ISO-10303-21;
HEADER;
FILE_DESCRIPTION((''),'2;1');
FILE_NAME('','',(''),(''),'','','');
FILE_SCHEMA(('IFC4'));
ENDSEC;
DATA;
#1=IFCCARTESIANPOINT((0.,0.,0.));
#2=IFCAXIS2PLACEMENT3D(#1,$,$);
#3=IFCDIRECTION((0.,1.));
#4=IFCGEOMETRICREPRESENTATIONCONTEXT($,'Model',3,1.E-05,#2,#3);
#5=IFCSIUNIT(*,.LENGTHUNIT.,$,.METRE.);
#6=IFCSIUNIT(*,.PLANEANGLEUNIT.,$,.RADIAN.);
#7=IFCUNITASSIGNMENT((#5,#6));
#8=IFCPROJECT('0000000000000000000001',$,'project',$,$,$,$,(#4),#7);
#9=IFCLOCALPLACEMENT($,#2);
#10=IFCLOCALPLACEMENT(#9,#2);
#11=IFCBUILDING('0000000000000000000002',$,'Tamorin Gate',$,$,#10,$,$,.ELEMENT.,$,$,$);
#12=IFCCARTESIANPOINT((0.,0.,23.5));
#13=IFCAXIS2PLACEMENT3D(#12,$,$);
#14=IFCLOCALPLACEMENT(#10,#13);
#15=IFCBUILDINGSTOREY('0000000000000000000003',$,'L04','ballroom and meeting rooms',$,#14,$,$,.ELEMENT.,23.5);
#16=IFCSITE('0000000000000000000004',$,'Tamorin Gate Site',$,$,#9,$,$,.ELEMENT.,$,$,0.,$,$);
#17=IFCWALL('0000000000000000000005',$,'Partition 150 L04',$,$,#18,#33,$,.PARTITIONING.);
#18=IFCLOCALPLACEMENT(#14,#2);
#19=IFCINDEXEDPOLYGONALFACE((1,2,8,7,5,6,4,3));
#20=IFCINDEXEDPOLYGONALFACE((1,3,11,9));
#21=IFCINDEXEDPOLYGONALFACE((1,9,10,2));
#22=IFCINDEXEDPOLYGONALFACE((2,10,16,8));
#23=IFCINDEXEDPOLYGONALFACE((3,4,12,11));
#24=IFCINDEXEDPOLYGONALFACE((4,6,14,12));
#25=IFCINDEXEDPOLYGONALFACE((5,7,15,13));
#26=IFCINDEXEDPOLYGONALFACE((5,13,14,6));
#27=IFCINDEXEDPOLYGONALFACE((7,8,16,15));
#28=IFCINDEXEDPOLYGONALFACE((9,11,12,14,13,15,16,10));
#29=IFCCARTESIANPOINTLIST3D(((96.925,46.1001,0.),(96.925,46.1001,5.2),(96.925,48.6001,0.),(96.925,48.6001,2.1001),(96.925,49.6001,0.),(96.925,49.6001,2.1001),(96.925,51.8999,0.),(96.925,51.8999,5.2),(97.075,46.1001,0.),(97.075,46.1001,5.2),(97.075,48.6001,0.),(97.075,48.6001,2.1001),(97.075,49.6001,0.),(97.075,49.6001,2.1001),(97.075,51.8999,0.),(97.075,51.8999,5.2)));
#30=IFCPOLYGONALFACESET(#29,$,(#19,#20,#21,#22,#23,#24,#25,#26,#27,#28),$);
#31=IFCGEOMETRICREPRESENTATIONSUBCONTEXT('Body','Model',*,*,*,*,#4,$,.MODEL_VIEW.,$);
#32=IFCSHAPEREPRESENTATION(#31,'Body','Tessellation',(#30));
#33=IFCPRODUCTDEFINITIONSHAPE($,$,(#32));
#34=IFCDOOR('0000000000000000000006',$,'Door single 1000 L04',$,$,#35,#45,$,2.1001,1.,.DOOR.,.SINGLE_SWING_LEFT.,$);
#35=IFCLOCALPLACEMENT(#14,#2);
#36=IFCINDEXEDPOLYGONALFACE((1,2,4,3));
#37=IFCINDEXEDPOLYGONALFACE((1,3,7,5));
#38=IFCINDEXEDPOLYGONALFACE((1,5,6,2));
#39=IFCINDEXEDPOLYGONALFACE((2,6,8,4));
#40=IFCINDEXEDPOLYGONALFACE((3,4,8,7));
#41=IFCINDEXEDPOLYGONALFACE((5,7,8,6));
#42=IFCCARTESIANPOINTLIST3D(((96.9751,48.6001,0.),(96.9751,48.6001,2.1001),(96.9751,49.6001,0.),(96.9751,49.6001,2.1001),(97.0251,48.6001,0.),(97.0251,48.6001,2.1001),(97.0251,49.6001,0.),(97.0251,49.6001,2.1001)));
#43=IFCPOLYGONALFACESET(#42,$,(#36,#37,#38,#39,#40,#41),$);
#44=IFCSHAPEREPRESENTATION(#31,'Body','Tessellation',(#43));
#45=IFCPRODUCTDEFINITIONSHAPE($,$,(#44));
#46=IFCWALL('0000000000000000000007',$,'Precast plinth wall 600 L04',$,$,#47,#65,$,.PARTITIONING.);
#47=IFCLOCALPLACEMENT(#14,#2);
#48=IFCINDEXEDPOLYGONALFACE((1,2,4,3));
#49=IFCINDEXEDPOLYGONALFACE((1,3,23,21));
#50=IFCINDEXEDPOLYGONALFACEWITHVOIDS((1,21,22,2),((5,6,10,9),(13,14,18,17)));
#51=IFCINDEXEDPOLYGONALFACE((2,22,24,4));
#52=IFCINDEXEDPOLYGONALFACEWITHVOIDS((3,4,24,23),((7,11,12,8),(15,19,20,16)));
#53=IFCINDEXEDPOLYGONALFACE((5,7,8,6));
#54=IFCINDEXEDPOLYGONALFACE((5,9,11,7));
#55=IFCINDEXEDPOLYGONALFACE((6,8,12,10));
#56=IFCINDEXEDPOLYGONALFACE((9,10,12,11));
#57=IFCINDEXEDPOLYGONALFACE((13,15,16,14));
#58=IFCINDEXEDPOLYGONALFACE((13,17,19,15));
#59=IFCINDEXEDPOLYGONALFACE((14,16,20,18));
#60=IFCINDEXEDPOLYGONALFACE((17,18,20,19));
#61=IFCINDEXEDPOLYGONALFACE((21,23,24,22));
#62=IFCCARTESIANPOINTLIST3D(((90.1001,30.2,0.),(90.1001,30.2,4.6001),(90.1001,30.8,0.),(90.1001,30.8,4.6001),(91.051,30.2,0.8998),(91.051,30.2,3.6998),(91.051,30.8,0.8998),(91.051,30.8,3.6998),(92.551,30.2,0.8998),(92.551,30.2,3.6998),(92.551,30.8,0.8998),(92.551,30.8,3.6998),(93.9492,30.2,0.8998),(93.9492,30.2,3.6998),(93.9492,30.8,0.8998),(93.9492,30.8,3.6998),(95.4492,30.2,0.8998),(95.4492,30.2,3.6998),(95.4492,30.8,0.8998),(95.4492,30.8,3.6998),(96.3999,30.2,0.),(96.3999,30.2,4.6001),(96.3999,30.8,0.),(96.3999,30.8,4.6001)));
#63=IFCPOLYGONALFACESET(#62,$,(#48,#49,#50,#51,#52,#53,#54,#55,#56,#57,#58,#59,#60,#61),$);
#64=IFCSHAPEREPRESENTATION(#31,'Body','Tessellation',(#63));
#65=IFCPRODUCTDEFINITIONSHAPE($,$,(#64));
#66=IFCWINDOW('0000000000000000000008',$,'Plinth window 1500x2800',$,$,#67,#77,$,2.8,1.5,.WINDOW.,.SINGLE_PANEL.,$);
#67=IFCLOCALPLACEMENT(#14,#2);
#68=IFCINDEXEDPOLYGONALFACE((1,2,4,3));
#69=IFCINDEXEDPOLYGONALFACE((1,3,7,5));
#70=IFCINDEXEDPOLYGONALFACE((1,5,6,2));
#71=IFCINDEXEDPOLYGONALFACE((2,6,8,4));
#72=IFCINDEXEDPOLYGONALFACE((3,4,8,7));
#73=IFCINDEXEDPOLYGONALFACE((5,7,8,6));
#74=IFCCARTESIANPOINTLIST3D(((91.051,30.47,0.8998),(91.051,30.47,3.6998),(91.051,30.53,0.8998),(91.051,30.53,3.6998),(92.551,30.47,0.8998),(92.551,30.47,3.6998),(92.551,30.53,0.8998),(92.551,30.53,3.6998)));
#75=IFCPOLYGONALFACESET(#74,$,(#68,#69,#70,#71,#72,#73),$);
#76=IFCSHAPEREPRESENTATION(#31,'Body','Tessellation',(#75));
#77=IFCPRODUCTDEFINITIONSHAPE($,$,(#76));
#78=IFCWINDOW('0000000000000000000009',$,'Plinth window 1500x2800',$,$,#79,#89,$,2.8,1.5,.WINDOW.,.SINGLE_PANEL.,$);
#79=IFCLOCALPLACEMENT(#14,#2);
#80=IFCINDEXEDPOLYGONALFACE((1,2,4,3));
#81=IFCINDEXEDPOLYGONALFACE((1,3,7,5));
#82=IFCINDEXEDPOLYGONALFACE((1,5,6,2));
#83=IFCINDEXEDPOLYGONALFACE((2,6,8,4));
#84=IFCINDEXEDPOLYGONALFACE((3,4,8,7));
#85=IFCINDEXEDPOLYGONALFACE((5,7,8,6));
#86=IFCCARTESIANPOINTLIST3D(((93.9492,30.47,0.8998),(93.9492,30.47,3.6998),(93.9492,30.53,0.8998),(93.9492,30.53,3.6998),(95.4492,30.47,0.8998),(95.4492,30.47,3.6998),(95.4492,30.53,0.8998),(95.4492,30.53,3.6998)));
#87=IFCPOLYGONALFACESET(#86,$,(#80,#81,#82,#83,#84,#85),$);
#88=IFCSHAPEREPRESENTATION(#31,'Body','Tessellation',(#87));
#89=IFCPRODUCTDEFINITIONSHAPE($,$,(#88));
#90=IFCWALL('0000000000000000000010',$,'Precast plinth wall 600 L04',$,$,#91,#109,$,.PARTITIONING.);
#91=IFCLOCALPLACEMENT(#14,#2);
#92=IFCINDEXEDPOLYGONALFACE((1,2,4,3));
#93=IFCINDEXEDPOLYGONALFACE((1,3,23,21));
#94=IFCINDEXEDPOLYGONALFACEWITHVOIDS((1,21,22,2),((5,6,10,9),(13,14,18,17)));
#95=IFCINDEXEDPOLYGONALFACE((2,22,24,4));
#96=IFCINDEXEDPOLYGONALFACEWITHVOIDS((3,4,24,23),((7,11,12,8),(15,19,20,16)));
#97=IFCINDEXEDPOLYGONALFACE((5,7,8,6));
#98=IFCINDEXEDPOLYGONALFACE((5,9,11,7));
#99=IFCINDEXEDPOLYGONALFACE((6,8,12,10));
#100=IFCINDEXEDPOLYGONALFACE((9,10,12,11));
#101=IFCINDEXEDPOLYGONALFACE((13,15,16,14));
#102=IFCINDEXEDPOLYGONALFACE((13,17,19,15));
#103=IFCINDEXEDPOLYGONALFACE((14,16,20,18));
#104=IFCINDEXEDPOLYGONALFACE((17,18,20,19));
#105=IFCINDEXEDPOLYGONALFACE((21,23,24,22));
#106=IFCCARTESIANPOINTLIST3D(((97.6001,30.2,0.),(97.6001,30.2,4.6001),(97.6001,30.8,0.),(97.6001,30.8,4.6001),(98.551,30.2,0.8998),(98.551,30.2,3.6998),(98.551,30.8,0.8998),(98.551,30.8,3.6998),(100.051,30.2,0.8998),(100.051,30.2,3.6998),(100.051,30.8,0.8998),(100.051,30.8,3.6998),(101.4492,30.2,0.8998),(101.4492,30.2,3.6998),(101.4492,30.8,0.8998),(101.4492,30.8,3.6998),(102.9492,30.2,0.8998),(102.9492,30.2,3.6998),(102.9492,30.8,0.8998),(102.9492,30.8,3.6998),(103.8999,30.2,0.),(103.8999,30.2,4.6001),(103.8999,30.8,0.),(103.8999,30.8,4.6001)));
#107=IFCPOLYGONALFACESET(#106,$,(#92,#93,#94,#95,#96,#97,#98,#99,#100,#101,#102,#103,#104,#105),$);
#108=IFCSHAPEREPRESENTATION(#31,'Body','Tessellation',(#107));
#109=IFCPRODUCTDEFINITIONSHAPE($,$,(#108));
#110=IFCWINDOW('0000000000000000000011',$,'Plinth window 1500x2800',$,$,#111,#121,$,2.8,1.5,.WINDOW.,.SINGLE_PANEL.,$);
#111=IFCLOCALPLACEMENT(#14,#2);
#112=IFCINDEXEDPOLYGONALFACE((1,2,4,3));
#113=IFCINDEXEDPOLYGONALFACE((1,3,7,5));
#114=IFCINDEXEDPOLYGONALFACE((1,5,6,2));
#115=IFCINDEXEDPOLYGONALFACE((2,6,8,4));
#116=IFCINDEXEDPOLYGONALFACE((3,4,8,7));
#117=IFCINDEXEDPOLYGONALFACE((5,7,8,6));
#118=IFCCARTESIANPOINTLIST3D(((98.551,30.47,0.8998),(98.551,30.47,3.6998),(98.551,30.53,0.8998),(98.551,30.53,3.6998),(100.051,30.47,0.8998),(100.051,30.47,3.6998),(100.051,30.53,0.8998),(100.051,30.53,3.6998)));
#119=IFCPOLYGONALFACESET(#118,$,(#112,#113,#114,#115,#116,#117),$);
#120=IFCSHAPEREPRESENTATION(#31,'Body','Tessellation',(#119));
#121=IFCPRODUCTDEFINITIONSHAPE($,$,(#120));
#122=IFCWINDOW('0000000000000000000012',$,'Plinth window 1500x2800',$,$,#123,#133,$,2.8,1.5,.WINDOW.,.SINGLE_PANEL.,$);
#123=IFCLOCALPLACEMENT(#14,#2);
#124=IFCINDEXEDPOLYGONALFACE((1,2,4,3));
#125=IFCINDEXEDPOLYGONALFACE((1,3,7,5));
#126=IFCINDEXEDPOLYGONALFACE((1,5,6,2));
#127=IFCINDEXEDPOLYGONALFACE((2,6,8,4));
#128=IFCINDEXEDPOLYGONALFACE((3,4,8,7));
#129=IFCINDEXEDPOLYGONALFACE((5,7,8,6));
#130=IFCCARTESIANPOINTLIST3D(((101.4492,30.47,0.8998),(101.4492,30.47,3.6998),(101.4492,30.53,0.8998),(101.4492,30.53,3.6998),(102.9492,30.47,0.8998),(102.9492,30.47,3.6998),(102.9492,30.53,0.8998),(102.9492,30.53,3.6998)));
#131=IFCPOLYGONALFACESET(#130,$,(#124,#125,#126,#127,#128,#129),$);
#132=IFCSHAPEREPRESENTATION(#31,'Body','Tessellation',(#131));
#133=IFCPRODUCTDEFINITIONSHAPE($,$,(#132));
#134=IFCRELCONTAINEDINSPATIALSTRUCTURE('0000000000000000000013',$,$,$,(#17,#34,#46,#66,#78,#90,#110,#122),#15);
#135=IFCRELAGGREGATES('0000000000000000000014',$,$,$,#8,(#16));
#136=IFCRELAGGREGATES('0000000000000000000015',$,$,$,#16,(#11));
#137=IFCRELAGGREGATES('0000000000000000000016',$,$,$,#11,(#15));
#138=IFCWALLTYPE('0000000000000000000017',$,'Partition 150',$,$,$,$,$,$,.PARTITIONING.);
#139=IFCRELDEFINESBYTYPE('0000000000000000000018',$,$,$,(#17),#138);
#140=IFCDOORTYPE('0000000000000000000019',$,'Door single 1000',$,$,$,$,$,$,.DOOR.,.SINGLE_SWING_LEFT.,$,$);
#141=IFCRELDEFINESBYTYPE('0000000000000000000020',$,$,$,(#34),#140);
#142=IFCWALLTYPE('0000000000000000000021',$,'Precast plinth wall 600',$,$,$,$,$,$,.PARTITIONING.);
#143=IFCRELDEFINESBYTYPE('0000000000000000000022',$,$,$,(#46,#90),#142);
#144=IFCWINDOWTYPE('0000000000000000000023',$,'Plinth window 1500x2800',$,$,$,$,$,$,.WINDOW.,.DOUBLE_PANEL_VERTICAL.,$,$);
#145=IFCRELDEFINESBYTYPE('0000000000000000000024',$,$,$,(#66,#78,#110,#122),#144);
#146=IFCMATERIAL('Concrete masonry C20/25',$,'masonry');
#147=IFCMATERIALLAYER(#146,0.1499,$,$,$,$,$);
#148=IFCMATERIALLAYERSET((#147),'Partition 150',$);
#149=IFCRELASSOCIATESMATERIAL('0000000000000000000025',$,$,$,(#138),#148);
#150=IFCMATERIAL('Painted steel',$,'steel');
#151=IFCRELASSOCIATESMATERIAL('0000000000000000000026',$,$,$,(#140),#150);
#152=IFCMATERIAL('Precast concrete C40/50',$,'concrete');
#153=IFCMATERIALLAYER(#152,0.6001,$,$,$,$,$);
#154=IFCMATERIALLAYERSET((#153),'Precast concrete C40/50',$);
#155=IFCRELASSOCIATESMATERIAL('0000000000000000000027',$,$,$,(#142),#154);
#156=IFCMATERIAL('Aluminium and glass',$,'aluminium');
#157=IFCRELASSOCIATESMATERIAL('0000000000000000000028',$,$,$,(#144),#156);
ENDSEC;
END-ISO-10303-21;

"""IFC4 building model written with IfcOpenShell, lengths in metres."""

from ifc_helpers import new_model, si_unit, direction, frame, frame_2d, origin, place, context, subcontext, project, spatial, rectangle, extrude, material, layer, layer_set, type_object, element, fill, save


model = new_model("IFC4")

# Units and contexts
model_context = context("Model", 3, precision=1e-05, world=origin(), true_north=direction((0.0, 1.0)))
body_context = subcontext(model_context, "Body", "Model", "MODEL_VIEW")
ifc_project = project(units=[si_unit("LENGTHUNIT", "METRE"), si_unit("PLANEANGLEUNIT", "RADIAN")], contexts=[model_context])

# Site, building, storey
site_placement = place(None, origin())
site = spatial("IfcSite", under=ifc_project, at=site_placement, Name="Tamorin Gate Site", CompositionType="ELEMENT", RefElevation=0.0)
building_placement = place(site_placement, origin())
building = spatial("IfcBuilding", under=site, at=building_placement, Name="Tamorin Gate", CompositionType="ELEMENT")
storey_placement = place(building_placement, frame((0.0, 0.0, 23.5)))
storey = spatial("IfcBuildingStorey", under=building, at=storey_placement, Name="L04", Description="ballroom and meeting rooms", CompositionType="ELEMENT", Elevation=23.5)

# Shared definitions
ifc_material_1 = material(Name="Concrete masonry C20/25", Category="masonry")
ifc_layer_1 = layer(ifc_material_1, 0.1499)
ifc_layer_set_1 = layer_set([ifc_layer_1], Name="Partition 150")
wall_type_1 = type_object("IfcWallType", Name="Partition 150", PredefinedType="PARTITIONING", material=ifc_layer_set_1)

# Wall, opening, door
wall_1_placement = place(storey_placement, frame((97.0, 46.1001, 0.0), z_axis=(0.0, 0.0, 1.0), x_axis=(0.0, 1.0, 0.0)))
wall_1 = element("IfcWall", 1, at=wall_1_placement, inside=storey, type_object=wall_type_1, Name="Partition 150 L04", PredefinedType="PARTITIONING", context=body_context, shape_type="SweptSolid", body=[
    extrude(rectangle(XDim=5.7998, YDim=0.1499, at=frame_2d((2.8999, 0.0))), origin(), (0.0, 0.0, 1.0), 5.2),
])
opening_1_placement = place(wall_1_placement, frame((2.5, 0.0, 0.0)))
opening_1 = element("IfcOpeningElement", 2, at=opening_1_placement, cuts=wall_1, PredefinedType="OPENING", context=body_context, shape_type="SweptSolid", body=[
    extrude(rectangle(XDim=1.0, YDim=2.1001, at=frame_2d((0.5, 1.05))), frame((0.0, 0.085, 0.0), z_axis=(0.0, -1.0, 0.0), x_axis=(1.0, 0.0, 0.0)), (0.0, 0.0, 1.0), 0.1699),
])
ifc_material_2 = material(Name="Painted steel", Category="steel")
door_type_1 = type_object("IfcDoorType", Name="Door single 1000", OperationType="SINGLE_SWING_LEFT", PredefinedType="DOOR", material=ifc_material_2)
door_1_placement = place(opening_1_placement, origin())
door_1 = element("IfcDoor", 3, at=door_1_placement, inside=storey, type_object=door_type_1, Name="Door single 1000 L04", OperationType="SINGLE_SWING_LEFT", OverallHeight=2.1001, OverallWidth=1.0, PredefinedType="DOOR", context=body_context, shape_type="SweptSolid", body=[
    extrude(rectangle(XDim=1.0, YDim=2.1001, at=frame_2d((0.5, 1.05))), frame((0.0, 0.0249, 0.0), z_axis=(0.0, -1.0, 0.0), x_axis=(1.0, 0.0, 0.0)), (0.0, 0.0, 1.0), 0.05),
])
fill(opening_1, door_1)

# Walls, openings, windows
ifc_material_3 = material(Name="Precast concrete C40/50", Category="concrete")
ifc_layer_2 = layer(ifc_material_3, 0.6001)
ifc_layer_set_2 = layer_set([ifc_layer_2], Name="Precast concrete C40/50")
wall_type_2 = type_object("IfcWallType", Name="Precast plinth wall 600", PredefinedType="PARTITIONING", material=ifc_layer_set_2)
wall_2_placement = place(storey_placement, frame((90.1001, 30.5, 0.0), z_axis=(0.0, 0.0, 1.0), x_axis=(1.0, 0.0, 0.0)))
wall_2 = element("IfcWall", 4, at=wall_2_placement, inside=storey, type_object=wall_type_2, Name="Precast plinth wall 600 L04", PredefinedType="PARTITIONING", context=body_context, shape_type="SweptSolid", body=[
    extrude(rectangle(XDim=6.2998, YDim=0.6001, at=frame_2d((3.1499, 0.0))), origin(), (0.0, 0.0, 1.0), 4.6001),
])
opening_2_placement = place(wall_2_placement, frame((0.9509, 0.0, 0.8999)))
opening_2 = element("IfcOpeningElement", 5, at=opening_2_placement, cuts=wall_2, PredefinedType="OPENING", context=body_context, shape_type="SweptSolid", body=[
    extrude(rectangle(XDim=1.5, YDim=2.8, at=frame_2d((0.75, 1.3999))), frame((0.0, 0.3101, 0.0), z_axis=(0.0, -1.0, 0.0), x_axis=(1.0, 0.0, 0.0)), (0.0, 0.0, 1.0), 0.6201),
])
opening_3_placement = place(wall_2_placement, frame((3.8491, 0.0, 0.8999)))
opening_3 = element("IfcOpeningElement", 6, at=opening_3_placement, cuts=wall_2, PredefinedType="OPENING", context=body_context, shape_type="SweptSolid", body=[
    extrude(rectangle(XDim=1.5, YDim=2.8, at=frame_2d((0.75, 1.3999))), frame((0.0, 0.3101, 0.0), z_axis=(0.0, -1.0, 0.0), x_axis=(1.0, 0.0, 0.0)), (0.0, 0.0, 1.0), 0.6201),
])
ifc_material_4 = material(Name="Aluminium and glass", Category="aluminium")
window_type = type_object("IfcWindowType", Name="Plinth window 1500x2800", PartitioningType="DOUBLE_PANEL_VERTICAL", PredefinedType="WINDOW", material=ifc_material_4)
window_1_placement = place(opening_2_placement, origin())
window_1 = element("IfcWindow", 7, at=window_1_placement, inside=storey, type_object=window_type, Name="Plinth window 1500x2800", OverallHeight=2.8, OverallWidth=1.5, PartitioningType="SINGLE_PANEL", PredefinedType="WINDOW", context=body_context, shape_type="SweptSolid", body=[
    extrude(rectangle(XDim=1.5, YDim=2.8, at=frame_2d((0.75, 1.3999))), frame((0.0, 0.03, 0.0), z_axis=(0.0, -1.0, 0.0), x_axis=(1.0, 0.0, 0.0)), (0.0, 0.0, 1.0), 0.0601),
])
fill(opening_2, window_1)
window_2_placement = place(opening_3_placement, origin())
window_2 = element("IfcWindow", 8, at=window_2_placement, inside=storey, type_object=window_type, Name="Plinth window 1500x2800", OverallHeight=2.8, OverallWidth=1.5, PartitioningType="SINGLE_PANEL", PredefinedType="WINDOW", context=body_context, shape_type="SweptSolid", body=[
    extrude(rectangle(XDim=1.5, YDim=2.8, at=frame_2d((0.75, 1.3999))), frame((0.0, 0.03, 0.0), z_axis=(0.0, -1.0, 0.0), x_axis=(1.0, 0.0, 0.0)), (0.0, 0.0, 1.0), 0.0601),
])
fill(opening_3, window_2)
wall_3_placement = place(storey_placement, frame((97.6001, 30.5, 0.0), z_axis=(0.0, 0.0, 1.0), x_axis=(1.0, 0.0, 0.0)))
wall_3 = element("IfcWall", 9, at=wall_3_placement, inside=storey, type_object=wall_type_2, Name="Precast plinth wall 600 L04", PredefinedType="PARTITIONING", context=body_context, shape_type="SweptSolid", body=[
    extrude(rectangle(XDim=6.2998, YDim=0.6001, at=frame_2d((3.1499, 0.0))), origin(), (0.0, 0.0, 1.0), 4.6001),
])
opening_4_placement = place(wall_3_placement, frame((0.9509, 0.0, 0.8999)))
opening_4 = element("IfcOpeningElement", 10, at=opening_4_placement, cuts=wall_3, PredefinedType="OPENING", context=body_context, shape_type="SweptSolid", body=[
    extrude(rectangle(XDim=1.5, YDim=2.8, at=frame_2d((0.75, 1.3999))), frame((0.0, 0.3101, 0.0), z_axis=(0.0, -1.0, 0.0), x_axis=(1.0, 0.0, 0.0)), (0.0, 0.0, 1.0), 0.6201),
])
opening_5_placement = place(wall_3_placement, frame((3.8491, 0.0, 0.8999)))
opening_5 = element("IfcOpeningElement", 11, at=opening_5_placement, cuts=wall_3, PredefinedType="OPENING", context=body_context, shape_type="SweptSolid", body=[
    extrude(rectangle(XDim=1.5, YDim=2.8, at=frame_2d((0.75, 1.3999))), frame((0.0, 0.3101, 0.0), z_axis=(0.0, -1.0, 0.0), x_axis=(1.0, 0.0, 0.0)), (0.0, 0.0, 1.0), 0.6201),
])
window_3_placement = place(opening_4_placement, origin())
window_3 = element("IfcWindow", 12, at=window_3_placement, inside=storey, type_object=window_type, Name="Plinth window 1500x2800", OverallHeight=2.8, OverallWidth=1.5, PartitioningType="SINGLE_PANEL", PredefinedType="WINDOW", context=body_context, shape_type="SweptSolid", body=[
    extrude(rectangle(XDim=1.5, YDim=2.8, at=frame_2d((0.75, 1.3999))), frame((0.0, 0.03, 0.0), z_axis=(0.0, -1.0, 0.0), x_axis=(1.0, 0.0, 0.0)), (0.0, 0.0, 1.0), 0.0601),
])
fill(opening_4, window_3)
window_4_placement = place(opening_5_placement, origin())
window_4 = element("IfcWindow", 13, at=window_4_placement, inside=storey, type_object=window_type, Name="Plinth window 1500x2800", OverallHeight=2.8, OverallWidth=1.5, PartitioningType="SINGLE_PANEL", PredefinedType="WINDOW", context=body_context, shape_type="SweptSolid", body=[
    extrude(rectangle(XDim=1.5, YDim=2.8, at=frame_2d((0.75, 1.3999))), frame((0.0, 0.03, 0.0), z_axis=(0.0, -1.0, 0.0), x_axis=(1.0, 0.0, 0.0)), (0.0, 0.0, 1.0), 0.0601),
])
fill(opening_5, window_4)

save(model, "model.ifc")
